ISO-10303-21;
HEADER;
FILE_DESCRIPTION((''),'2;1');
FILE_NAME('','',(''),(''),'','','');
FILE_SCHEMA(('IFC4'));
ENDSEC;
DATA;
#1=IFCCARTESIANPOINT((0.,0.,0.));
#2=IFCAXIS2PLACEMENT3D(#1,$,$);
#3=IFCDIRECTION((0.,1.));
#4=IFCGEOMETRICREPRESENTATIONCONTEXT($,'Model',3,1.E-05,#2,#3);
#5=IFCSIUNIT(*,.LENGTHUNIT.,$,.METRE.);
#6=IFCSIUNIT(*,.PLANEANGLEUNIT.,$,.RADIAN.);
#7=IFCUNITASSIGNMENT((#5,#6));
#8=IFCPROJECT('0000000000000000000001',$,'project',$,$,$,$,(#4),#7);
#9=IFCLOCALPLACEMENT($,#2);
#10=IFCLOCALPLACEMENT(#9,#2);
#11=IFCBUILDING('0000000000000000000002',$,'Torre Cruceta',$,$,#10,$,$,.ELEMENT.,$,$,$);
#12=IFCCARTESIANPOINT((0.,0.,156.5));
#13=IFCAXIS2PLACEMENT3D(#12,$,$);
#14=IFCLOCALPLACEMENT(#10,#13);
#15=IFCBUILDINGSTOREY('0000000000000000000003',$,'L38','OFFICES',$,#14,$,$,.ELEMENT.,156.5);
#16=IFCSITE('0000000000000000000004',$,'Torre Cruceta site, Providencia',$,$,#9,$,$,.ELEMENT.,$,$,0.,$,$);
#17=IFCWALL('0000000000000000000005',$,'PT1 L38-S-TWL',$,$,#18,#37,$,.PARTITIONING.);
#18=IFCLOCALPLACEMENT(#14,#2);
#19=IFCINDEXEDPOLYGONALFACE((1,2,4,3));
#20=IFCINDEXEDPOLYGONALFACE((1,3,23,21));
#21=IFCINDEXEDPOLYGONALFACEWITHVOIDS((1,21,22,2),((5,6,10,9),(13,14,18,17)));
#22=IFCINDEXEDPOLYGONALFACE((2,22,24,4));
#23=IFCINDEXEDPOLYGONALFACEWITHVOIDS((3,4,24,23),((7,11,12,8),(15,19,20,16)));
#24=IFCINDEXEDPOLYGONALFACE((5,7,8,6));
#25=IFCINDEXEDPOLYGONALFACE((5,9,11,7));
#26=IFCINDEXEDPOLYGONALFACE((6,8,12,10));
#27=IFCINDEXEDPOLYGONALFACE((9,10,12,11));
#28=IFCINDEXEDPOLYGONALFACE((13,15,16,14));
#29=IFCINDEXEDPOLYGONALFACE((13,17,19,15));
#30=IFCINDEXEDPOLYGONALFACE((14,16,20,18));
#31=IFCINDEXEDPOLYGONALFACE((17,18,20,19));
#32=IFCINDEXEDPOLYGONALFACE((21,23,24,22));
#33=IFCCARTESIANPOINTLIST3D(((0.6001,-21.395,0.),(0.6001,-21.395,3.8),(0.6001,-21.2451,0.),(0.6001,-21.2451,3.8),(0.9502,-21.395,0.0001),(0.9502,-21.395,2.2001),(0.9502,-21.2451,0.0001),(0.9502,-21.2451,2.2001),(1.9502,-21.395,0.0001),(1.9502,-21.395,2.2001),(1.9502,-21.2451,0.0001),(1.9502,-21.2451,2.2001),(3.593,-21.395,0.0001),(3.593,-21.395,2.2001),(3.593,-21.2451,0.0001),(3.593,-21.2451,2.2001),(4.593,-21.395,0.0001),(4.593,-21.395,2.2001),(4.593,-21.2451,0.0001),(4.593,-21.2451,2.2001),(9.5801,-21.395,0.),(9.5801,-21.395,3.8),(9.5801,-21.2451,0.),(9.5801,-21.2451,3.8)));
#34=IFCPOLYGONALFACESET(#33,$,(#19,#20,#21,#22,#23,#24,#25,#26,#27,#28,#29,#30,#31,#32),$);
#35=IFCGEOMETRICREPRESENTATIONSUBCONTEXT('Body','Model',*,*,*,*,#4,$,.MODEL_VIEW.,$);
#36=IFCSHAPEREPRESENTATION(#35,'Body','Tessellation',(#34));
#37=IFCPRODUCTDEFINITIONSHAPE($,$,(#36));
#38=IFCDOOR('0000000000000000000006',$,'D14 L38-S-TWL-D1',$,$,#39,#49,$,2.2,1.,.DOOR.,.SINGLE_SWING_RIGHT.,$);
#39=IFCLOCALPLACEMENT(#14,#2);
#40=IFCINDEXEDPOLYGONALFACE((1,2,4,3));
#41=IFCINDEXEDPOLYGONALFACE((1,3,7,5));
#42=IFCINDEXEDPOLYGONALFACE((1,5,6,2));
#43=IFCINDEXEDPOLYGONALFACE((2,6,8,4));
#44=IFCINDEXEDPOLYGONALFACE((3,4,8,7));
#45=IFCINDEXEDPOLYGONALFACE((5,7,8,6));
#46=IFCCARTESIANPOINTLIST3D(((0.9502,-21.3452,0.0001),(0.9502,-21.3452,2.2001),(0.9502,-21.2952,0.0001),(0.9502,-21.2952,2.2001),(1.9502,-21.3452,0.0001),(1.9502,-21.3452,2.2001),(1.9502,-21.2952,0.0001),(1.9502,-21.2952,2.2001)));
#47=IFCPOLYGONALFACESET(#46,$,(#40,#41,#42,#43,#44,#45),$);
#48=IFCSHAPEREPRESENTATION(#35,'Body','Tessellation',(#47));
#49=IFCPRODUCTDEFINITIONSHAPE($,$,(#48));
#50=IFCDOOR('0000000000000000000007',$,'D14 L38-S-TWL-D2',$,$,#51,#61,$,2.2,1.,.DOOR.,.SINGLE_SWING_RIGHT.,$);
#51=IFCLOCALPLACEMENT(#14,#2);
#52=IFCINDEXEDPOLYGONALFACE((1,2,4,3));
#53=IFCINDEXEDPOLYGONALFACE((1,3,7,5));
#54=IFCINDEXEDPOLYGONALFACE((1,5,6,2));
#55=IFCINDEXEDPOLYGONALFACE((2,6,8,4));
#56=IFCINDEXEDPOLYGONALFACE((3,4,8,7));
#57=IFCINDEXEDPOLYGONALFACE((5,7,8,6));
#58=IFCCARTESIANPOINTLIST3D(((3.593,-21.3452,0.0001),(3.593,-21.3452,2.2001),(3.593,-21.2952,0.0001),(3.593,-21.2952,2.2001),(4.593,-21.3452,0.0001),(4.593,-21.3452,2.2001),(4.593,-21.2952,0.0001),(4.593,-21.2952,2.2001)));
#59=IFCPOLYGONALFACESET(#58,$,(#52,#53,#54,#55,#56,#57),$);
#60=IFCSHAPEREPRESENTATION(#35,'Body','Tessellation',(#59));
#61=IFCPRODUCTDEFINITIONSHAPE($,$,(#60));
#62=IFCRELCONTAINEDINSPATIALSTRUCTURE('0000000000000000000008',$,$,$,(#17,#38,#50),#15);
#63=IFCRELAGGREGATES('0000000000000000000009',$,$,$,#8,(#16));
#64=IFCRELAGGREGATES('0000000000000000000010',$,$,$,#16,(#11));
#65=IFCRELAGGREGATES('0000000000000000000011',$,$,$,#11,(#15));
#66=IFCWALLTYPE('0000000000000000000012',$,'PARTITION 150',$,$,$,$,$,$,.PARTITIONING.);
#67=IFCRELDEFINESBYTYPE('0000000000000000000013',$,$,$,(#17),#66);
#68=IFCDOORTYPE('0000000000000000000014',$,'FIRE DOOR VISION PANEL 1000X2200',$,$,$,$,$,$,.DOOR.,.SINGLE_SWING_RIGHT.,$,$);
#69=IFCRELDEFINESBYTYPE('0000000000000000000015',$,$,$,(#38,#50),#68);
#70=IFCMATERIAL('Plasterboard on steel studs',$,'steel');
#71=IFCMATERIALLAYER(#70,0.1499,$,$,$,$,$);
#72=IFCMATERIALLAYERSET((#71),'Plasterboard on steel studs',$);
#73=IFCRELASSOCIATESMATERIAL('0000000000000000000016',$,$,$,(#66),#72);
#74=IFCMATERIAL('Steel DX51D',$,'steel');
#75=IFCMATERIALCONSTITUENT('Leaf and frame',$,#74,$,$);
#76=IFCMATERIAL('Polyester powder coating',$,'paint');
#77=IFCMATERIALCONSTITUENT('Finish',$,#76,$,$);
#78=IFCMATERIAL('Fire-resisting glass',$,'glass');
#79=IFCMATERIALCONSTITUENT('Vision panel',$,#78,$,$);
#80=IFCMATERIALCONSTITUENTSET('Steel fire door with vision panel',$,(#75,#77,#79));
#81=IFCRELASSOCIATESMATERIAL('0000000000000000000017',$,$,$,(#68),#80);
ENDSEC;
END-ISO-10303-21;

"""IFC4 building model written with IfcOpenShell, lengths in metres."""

from ifc_helpers import new_model, si_unit, direction, frame, frame_2d, origin, place, context, subcontext, project, spatial, rectangle, extrude, material, layer, layer_set, constituent, constituent_set, type_object, element, fill, save


model = new_model("IFC4")

# Units and contexts
model_context = context("Model", 3, precision=1e-05, world=origin(), true_north=direction((0.0, 1.0)))
body_context = subcontext(model_context, "Body", "Model", "MODEL_VIEW")
ifc_project = project(units=[si_unit("LENGTHUNIT", "METRE"), si_unit("PLANEANGLEUNIT", "RADIAN")], contexts=[model_context])

# Site, building, storey
site_placement = place(None, origin())
site = spatial("IfcSite", under=ifc_project, at=site_placement, Name="Torre Cruceta site, Providencia", CompositionType="ELEMENT", RefElevation=0.0)
building_placement = place(site_placement, origin())
building = spatial("IfcBuilding", under=site, at=building_placement, Name="Torre Cruceta", CompositionType="ELEMENT")
storey_placement = place(building_placement, frame((0.0, 0.0, 156.5)))
storey = spatial("IfcBuildingStorey", under=building, at=storey_placement, Name="L38", Description="OFFICES", CompositionType="ELEMENT", Elevation=156.5)

# Shared definitions
ifc_material_1 = material(Name="Plasterboard on steel studs", Category="steel")
ifc_layer_1 = layer(ifc_material_1, 0.1499)
ifc_layer_set_1 = layer_set([ifc_layer_1], Name="Plasterboard on steel studs")
wall_type_1 = type_object("IfcWallType", Name="PARTITION 150", PredefinedType="PARTITIONING", material=ifc_layer_set_1)

# Wall, openings, doors
wall_1_placement = place(storey_placement, frame((0.6001, -21.3201, 0.0), z_axis=(0.0, 0.0, 1.0), x_axis=(1.0, 0.0, 0.0)))
wall_1 = element("IfcWall", 1, at=wall_1_placement, inside=storey, type_object=wall_type_1, Name="PT1 L38-S-TWL", PredefinedType="PARTITIONING", context=body_context, shape_type="SweptSolid", body=[
    extrude(rectangle(XDim=8.98, YDim=0.1499, at=frame_2d((4.49, 0.0))), origin(), (0.0, 0.0, 1.0), 3.8),
])
opening_1_placement = place(wall_1_placement, frame((0.3501, 0.0, 0.0)))
opening_1 = element("IfcOpeningElement", 2, at=opening_1_placement, cuts=wall_1, PredefinedType="OPENING", context=body_context, shape_type="SweptSolid", body=[
    extrude(rectangle(XDim=1.0, YDim=2.2, at=frame_2d((0.5, 1.1001))), frame((0.0, 0.085, 0.0), z_axis=(0.0, -1.0, 0.0), x_axis=(1.0, 0.0, 0.0)), (0.0, 0.0, 1.0), 0.1699),
])
opening_2_placement = place(wall_1_placement, frame((2.9929, 0.0, 0.0)))
opening_2 = element("IfcOpeningElement", 3, at=opening_2_placement, cuts=wall_1, PredefinedType="OPENING", context=body_context, shape_type="SweptSolid", body=[
    extrude(rectangle(XDim=1.0, YDim=2.2, at=frame_2d((0.5, 1.1001))), frame((0.0, 0.085, 0.0), z_axis=(0.0, -1.0, 0.0), x_axis=(1.0, 0.0, 0.0)), (0.0, 0.0, 1.0), 0.1699),
])
ifc_material_2 = material(Name="Steel DX51D", Category="steel")
ifc_constituent_1 = constituent(ifc_material_2, Name="Leaf and frame")
ifc_material_3 = material(Name="Polyester powder coating", Category="paint")
ifc_constituent_2 = constituent(ifc_material_3, Name="Finish")
ifc_material_4 = material(Name="Fire-resisting glass", Category="glass")
ifc_constituent_3 = constituent(ifc_material_4, Name="Vision panel")
ifc_constituent_set_1 = constituent_set(constituents=[ifc_constituent_1, ifc_constituent_2, ifc_constituent_3], Name="Steel fire door with vision panel")
door_type = type_object("IfcDoorType", Name="FIRE DOOR VISION PANEL 1000X2200", OperationType="SINGLE_SWING_RIGHT", PredefinedType="DOOR", material=ifc_constituent_set_1)
door_1_placement = place(opening_1_placement, frame((1.0, 0.0, 0.0), z_axis=(0.0, 0.0, 1.0), x_axis=(-1.0, 0.0, 0.0)))
door_1 = element("IfcDoor", 4, at=door_1_placement, inside=storey, type_object=door_type, Name="D14 L38-S-TWL-D1", OperationType="SINGLE_SWING_RIGHT", OverallHeight=2.2, OverallWidth=1.0, PredefinedType="DOOR", context=body_context, shape_type="SweptSolid", body=[
    extrude(rectangle(XDim=1.0, YDim=2.2, at=frame_2d((0.5, 1.1001))), frame((0.0, 0.0251, 0.0), z_axis=(0.0, -1.0, 0.0), x_axis=(1.0, 0.0, 0.0)), (0.0, 0.0, 1.0), 0.05),
])
fill(opening_1, door_1)
door_2_placement = place(opening_2_placement, frame((1.0, 0.0, 0.0), z_axis=(0.0, 0.0, 1.0), x_axis=(-1.0, 0.0, 0.0)))
door_2 = element("IfcDoor", 5, at=door_2_placement, inside=storey, type_object=door_type, Name="D14 L38-S-TWL-D2", OperationType="SINGLE_SWING_RIGHT", OverallHeight=2.2, OverallWidth=1.0, PredefinedType="DOOR", context=body_context, shape_type="SweptSolid", body=[
    extrude(rectangle(XDim=1.0, YDim=2.2, at=frame_2d((0.5, 1.1001))), frame((0.0, 0.0251, 0.0), z_axis=(0.0, -1.0, 0.0), x_axis=(1.0, 0.0, 0.0)), (0.0, 0.0, 1.0), 0.05),
])
fill(opening_2, door_2)

save(model, "model.ifc")
